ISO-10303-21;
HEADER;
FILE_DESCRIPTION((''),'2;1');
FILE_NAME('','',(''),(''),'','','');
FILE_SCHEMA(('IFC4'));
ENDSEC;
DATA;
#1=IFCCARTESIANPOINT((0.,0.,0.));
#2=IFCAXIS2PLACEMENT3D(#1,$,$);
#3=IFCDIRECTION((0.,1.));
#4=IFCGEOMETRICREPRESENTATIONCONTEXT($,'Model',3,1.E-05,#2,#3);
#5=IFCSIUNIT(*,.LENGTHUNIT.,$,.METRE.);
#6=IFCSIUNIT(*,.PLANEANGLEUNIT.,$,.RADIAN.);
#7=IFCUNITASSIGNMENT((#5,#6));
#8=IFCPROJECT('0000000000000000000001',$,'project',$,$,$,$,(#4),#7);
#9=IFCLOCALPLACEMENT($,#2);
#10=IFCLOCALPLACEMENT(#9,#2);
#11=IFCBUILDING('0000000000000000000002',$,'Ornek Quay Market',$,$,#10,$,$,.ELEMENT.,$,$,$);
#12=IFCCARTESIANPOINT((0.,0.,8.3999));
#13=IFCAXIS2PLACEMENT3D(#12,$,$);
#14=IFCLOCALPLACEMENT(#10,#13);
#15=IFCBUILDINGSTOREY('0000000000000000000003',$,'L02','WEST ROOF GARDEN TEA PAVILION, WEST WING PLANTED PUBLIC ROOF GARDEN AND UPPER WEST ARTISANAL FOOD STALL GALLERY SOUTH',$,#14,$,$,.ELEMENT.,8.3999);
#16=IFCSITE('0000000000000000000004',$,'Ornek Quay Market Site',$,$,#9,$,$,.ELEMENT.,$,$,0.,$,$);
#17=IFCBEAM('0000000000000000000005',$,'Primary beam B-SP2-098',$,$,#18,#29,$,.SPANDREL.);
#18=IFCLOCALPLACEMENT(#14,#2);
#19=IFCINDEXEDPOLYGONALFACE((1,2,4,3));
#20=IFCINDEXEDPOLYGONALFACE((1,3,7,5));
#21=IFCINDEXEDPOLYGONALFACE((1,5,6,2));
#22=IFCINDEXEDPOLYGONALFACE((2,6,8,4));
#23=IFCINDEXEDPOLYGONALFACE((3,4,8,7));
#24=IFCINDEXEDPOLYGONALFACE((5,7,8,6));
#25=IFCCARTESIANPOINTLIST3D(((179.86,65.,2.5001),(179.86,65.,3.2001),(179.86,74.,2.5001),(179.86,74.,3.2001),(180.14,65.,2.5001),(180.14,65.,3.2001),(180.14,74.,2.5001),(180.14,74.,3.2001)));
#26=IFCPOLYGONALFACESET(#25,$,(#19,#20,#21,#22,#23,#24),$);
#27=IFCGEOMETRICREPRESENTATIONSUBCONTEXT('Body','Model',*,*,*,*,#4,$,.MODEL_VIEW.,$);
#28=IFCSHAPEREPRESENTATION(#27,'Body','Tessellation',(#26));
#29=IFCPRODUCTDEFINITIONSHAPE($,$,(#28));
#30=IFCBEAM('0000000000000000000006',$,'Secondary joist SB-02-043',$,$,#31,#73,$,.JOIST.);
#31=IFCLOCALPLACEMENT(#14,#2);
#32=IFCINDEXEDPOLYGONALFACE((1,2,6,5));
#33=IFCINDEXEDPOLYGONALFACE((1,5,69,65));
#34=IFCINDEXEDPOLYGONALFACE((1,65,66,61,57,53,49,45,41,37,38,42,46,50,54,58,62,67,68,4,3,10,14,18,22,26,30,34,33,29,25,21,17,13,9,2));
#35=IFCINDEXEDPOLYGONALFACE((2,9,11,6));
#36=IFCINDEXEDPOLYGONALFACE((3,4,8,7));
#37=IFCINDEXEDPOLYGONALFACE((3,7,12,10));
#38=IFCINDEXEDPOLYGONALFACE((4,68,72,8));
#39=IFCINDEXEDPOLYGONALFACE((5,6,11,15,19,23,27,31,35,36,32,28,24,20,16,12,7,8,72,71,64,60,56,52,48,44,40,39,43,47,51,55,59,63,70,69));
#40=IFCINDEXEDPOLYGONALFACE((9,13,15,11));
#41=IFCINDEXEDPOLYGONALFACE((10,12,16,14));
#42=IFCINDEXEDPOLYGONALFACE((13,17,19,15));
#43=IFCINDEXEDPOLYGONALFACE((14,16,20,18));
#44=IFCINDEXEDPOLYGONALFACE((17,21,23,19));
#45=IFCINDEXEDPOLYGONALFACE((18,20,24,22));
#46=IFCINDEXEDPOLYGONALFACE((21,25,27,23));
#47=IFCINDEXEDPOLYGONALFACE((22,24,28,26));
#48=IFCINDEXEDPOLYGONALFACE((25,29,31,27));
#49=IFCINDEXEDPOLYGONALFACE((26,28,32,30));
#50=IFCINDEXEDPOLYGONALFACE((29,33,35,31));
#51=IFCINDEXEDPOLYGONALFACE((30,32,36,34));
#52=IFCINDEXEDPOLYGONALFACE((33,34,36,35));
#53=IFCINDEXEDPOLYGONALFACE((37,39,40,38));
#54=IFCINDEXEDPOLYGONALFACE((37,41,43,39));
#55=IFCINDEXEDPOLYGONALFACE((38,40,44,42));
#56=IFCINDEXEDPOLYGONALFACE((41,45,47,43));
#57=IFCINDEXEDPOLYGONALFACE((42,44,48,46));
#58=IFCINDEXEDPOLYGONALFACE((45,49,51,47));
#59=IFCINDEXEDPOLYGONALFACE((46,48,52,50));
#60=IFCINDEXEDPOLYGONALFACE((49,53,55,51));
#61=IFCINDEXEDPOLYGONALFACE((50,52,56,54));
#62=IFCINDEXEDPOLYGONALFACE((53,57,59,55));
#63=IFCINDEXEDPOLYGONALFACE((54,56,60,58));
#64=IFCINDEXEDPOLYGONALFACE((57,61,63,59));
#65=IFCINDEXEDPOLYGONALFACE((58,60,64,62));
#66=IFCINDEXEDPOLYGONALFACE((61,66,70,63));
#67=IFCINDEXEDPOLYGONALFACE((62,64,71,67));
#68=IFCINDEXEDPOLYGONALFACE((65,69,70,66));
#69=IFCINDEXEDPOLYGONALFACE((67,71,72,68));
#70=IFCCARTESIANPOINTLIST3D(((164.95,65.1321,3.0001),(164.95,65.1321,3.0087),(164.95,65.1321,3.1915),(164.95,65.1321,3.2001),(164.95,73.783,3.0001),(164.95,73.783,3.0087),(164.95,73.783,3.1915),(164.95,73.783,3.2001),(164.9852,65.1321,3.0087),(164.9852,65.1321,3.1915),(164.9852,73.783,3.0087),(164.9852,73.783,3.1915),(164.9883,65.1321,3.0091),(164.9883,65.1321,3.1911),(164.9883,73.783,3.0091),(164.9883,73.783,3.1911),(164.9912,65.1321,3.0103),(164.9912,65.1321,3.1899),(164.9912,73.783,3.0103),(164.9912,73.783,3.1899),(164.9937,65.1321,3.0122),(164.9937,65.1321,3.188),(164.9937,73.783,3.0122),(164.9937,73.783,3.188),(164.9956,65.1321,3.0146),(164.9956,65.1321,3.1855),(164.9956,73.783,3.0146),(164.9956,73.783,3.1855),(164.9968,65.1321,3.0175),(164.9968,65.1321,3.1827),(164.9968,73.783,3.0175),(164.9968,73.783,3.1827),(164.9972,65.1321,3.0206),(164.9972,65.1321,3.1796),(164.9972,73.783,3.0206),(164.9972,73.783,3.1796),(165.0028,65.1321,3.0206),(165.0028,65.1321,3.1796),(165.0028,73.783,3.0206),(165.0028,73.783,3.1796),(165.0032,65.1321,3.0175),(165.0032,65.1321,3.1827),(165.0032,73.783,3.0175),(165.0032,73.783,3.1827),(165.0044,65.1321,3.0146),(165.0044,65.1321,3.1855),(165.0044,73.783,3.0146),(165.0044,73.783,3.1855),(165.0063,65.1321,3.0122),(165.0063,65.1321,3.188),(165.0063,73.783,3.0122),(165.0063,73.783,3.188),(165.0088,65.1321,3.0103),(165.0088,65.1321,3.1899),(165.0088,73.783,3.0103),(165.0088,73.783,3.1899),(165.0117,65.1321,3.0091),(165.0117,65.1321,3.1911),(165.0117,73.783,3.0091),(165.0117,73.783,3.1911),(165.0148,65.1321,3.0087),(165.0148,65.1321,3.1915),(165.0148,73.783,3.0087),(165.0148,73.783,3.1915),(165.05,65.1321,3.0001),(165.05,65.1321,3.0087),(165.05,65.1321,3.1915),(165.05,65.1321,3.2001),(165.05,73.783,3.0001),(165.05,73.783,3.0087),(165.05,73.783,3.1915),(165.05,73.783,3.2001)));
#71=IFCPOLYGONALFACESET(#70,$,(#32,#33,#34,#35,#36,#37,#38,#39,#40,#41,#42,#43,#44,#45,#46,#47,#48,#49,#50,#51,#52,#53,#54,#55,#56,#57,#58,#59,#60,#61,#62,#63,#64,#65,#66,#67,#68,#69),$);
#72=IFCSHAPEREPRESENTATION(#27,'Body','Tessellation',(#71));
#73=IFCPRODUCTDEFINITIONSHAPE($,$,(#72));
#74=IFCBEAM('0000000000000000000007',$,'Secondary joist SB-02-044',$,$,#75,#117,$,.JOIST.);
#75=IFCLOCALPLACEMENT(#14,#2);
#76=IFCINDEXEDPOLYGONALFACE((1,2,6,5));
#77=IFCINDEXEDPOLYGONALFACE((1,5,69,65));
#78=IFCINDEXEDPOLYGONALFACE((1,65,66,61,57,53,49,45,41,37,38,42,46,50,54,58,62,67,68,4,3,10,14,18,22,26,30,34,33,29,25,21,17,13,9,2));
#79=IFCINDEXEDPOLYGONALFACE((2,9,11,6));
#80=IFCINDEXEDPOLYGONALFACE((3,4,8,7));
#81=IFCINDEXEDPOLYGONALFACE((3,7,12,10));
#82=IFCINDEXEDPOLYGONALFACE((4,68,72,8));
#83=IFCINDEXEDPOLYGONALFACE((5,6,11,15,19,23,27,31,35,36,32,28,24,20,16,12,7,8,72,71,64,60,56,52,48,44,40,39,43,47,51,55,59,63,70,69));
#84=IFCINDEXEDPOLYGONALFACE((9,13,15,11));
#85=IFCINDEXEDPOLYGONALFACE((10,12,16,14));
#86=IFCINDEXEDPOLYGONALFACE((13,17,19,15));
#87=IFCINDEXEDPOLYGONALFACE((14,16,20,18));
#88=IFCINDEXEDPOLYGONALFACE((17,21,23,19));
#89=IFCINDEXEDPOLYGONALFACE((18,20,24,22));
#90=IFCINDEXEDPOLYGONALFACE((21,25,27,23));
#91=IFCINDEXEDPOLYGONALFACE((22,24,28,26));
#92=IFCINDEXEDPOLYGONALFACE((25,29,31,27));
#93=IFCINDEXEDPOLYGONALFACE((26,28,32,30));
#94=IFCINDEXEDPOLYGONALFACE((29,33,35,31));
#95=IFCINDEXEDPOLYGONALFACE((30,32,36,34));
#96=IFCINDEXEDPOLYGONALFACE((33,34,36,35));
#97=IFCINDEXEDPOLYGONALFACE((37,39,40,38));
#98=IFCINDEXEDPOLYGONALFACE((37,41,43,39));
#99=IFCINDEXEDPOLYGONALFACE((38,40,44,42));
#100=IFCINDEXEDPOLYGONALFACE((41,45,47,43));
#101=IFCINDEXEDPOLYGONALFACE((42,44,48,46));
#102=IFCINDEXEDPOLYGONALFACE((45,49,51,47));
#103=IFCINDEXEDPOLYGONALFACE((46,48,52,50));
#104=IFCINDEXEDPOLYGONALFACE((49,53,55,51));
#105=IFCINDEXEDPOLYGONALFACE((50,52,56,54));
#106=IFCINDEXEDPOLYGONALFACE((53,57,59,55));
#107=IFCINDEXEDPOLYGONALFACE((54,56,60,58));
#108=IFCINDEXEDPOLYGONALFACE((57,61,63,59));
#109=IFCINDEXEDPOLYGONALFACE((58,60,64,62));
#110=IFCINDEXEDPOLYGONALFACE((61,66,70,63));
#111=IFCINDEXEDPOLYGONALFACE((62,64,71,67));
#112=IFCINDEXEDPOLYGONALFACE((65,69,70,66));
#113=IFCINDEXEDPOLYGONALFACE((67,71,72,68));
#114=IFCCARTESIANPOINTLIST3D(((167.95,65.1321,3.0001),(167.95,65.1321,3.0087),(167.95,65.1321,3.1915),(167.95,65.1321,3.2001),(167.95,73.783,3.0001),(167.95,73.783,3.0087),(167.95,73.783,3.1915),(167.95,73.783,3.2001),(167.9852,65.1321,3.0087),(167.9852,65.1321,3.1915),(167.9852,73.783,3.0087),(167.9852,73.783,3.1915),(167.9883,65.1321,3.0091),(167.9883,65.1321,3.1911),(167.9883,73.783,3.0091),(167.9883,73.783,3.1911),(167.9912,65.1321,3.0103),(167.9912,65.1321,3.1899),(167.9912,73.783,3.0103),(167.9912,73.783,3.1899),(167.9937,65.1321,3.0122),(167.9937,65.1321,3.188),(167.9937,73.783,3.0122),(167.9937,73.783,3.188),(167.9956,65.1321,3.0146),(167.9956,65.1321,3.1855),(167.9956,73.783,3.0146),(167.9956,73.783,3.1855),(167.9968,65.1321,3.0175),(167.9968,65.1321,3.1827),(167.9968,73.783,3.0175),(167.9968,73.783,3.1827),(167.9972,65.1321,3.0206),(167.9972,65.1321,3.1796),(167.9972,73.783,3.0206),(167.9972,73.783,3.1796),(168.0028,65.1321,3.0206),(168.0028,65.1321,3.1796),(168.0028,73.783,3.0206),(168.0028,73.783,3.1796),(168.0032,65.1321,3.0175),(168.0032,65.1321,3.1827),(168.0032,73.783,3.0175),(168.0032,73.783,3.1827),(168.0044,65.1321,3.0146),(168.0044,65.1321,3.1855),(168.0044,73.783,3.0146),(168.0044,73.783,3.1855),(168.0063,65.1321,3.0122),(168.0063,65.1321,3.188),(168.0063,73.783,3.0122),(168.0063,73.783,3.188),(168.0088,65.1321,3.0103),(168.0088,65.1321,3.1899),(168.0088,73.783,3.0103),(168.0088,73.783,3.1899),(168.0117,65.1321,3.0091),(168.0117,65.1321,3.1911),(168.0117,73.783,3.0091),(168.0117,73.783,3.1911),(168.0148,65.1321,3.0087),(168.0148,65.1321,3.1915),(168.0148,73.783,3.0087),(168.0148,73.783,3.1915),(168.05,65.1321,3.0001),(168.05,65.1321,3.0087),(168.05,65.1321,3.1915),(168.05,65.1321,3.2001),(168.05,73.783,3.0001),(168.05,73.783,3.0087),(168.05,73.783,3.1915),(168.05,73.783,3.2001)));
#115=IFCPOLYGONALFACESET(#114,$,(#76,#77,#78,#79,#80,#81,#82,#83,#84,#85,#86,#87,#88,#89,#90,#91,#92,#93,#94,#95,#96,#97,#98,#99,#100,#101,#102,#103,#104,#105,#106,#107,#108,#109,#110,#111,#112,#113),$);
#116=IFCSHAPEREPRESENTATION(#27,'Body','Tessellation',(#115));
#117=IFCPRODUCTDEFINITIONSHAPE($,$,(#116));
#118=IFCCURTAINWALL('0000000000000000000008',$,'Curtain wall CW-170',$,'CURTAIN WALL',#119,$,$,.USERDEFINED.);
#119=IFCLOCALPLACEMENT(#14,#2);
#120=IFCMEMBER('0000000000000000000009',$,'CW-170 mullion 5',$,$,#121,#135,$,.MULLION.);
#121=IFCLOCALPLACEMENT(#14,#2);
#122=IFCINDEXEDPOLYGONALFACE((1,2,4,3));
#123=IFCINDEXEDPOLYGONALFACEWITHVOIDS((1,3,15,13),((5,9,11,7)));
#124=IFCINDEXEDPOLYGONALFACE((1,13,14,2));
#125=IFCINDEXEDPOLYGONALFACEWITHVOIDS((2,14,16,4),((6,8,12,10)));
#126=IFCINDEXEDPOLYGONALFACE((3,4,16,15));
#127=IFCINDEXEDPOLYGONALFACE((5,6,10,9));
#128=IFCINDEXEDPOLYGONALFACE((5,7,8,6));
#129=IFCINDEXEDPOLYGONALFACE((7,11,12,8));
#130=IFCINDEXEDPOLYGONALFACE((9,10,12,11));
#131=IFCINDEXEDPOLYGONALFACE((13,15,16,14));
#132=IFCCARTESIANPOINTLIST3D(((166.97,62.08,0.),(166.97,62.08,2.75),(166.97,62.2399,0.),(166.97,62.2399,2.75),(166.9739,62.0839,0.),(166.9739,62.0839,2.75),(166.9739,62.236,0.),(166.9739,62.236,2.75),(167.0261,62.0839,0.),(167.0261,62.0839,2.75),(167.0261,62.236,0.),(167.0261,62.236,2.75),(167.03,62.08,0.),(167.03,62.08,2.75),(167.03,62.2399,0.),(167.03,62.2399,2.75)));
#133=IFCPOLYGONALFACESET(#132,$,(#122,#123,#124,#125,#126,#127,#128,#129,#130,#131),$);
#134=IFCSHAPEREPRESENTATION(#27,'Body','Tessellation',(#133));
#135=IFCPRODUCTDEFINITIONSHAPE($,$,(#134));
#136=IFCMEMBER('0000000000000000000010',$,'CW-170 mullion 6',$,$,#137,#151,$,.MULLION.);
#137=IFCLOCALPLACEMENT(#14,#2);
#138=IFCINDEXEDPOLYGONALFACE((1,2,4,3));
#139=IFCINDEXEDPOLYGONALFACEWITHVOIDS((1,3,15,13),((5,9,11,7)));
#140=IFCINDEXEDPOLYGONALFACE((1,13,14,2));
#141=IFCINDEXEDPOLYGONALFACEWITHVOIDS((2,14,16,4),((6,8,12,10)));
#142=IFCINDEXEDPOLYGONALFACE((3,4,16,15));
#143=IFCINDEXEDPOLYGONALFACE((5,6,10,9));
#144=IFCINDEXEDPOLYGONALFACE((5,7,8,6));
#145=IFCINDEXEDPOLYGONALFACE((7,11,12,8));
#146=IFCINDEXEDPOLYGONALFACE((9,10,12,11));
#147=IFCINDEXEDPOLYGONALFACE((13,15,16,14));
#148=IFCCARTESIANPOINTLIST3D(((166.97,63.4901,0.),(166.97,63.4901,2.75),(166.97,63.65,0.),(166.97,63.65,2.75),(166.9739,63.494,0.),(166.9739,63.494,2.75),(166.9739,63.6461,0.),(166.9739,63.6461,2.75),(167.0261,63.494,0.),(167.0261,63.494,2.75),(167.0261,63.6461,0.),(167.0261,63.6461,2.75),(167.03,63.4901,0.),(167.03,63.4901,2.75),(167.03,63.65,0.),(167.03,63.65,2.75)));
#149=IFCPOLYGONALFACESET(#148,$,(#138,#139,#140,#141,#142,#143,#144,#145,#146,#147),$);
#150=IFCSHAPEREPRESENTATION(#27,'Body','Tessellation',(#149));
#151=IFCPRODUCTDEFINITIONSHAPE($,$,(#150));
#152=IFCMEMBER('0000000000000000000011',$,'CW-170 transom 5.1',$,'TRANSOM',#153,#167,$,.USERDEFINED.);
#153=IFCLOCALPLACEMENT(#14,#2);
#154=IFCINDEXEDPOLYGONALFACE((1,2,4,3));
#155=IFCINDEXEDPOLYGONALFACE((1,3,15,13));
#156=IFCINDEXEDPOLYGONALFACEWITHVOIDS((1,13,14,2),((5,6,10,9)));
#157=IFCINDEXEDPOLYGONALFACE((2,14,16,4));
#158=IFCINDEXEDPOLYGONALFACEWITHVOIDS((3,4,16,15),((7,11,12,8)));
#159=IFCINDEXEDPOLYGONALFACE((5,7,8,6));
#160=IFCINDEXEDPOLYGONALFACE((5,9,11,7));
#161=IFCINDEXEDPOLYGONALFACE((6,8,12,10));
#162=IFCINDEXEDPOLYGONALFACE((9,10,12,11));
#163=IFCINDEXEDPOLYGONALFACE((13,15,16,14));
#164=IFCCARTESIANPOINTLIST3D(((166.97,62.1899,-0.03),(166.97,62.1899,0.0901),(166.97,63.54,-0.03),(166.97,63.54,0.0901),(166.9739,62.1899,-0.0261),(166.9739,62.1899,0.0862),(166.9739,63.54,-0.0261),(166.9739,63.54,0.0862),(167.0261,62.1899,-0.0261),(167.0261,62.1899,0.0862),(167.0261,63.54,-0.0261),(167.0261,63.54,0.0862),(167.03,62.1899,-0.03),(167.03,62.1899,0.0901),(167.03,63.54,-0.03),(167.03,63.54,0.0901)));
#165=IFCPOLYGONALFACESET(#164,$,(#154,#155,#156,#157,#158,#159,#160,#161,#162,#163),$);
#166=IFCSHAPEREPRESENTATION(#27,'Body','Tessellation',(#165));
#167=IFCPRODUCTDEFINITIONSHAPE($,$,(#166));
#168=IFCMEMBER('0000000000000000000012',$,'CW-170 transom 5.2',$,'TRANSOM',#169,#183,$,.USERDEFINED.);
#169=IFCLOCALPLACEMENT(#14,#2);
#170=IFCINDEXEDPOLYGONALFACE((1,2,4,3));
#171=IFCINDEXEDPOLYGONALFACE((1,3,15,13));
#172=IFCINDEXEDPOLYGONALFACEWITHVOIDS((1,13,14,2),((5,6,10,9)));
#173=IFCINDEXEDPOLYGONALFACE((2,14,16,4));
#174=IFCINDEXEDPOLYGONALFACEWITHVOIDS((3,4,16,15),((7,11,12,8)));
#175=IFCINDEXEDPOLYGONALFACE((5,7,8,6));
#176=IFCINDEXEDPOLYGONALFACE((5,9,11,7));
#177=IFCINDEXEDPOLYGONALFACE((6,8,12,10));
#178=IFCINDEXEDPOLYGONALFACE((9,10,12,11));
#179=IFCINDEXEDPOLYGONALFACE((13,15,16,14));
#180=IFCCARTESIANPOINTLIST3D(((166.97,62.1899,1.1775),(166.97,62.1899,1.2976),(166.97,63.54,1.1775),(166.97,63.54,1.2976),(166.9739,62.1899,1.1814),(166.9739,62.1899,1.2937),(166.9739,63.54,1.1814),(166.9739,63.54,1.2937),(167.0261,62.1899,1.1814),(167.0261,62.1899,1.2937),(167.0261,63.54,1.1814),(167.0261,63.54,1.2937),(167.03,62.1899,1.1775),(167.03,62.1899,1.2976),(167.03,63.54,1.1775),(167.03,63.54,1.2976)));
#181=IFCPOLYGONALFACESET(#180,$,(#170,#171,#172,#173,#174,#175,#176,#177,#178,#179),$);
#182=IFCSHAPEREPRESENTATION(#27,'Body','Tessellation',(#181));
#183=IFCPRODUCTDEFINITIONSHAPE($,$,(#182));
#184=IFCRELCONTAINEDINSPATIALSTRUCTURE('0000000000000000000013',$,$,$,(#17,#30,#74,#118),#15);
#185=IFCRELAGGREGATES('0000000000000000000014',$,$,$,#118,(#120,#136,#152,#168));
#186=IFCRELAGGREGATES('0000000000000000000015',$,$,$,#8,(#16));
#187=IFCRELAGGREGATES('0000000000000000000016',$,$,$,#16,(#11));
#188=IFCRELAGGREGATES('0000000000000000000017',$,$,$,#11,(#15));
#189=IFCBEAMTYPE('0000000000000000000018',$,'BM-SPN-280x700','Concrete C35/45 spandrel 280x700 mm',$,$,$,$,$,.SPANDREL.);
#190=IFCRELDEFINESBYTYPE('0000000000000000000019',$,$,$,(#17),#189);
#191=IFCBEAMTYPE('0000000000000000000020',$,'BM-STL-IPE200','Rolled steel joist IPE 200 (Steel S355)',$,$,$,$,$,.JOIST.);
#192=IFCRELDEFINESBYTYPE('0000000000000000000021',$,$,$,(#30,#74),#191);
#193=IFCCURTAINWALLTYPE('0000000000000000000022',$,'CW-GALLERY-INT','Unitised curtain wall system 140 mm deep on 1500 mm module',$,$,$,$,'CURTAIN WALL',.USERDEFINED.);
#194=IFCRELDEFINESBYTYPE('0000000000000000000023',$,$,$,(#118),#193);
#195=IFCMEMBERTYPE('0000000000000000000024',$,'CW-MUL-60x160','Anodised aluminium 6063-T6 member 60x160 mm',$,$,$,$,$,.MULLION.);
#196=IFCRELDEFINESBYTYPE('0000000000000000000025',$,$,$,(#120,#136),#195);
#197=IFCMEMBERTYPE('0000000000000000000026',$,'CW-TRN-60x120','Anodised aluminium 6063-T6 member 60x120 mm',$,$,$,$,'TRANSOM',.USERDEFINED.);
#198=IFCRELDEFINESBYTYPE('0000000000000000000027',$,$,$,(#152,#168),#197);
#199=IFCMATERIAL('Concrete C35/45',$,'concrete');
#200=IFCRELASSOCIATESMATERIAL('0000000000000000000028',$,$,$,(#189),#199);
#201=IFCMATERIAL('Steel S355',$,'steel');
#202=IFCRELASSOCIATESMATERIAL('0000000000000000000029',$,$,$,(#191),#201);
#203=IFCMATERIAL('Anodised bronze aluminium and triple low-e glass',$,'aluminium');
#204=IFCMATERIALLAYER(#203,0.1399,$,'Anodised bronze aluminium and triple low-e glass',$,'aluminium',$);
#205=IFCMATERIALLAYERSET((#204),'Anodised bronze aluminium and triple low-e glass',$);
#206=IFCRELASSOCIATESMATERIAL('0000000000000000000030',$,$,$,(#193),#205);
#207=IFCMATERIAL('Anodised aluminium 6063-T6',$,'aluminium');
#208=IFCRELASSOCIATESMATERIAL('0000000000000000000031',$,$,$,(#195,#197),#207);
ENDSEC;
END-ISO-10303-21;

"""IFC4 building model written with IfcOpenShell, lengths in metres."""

from ifc_helpers import new_model, si_unit, direction, frame, origin, origin_2d, place, context, subcontext, project, spatial, rectangle, hollow_rectangle, i_section, extrude, material, layer, layer_set, material_profile, profile_set, type_object, element, aggregate, save


model = new_model("IFC4")

# Units and contexts
model_context = context("Model", 3, precision=1e-05, world=origin(), true_north=direction((0.0, 1.0)))
body_context = subcontext(model_context, "Body", "Model", "MODEL_VIEW")
ifc_project = project(units=[si_unit("LENGTHUNIT", "METRE"), si_unit("PLANEANGLEUNIT", "RADIAN")], contexts=[model_context])

# Site, building, storey
site_placement = place(None, origin())
site = spatial("IfcSite", under=ifc_project, at=site_placement, Name="Ornek Quay Market Site", CompositionType="ELEMENT", RefElevation=0.0)
building_placement = place(site_placement, origin())
building = spatial("IfcBuilding", under=site, at=building_placement, Name="Ornek Quay Market", CompositionType="ELEMENT")
storey_placement = place(building_placement, frame((0.0, 0.0, 8.3999)))
storey = spatial("IfcBuildingStorey", under=building, at=storey_placement, Name="L02", Description="WEST ROOF GARDEN TEA PAVILION, WEST WING PLANTED PUBLIC ROOF GARDEN AND UPPER WEST ARTISANAL FOOD STALL GALLERY SOUTH", CompositionType="ELEMENT", Elevation=8.3999)

# Beams
ifc_material_1 = material(Name="Concrete C35/45", Category="concrete")
ifc_material_profile_1 = material_profile(ifc_material_1, rectangle(XDim=0.28, YDim=0.7, at=origin_2d()), Name="RC 280x700", Category="concrete")
ifc_profile_set_1 = profile_set([ifc_material_profile_1], Name="Concrete C35/45")
beam_type_1 = type_object("IfcBeamType", Name="BM-SPN-280x700", Description="Concrete C35/45 spandrel 280x700 mm", PredefinedType="SPANDREL", material=ifc_profile_set_1)
for number, where, z_axis, x_axis, name in (
    (1, (180.0, 65.0, 2.8501), (0.0, 1.0, 0.0), (-1.0, 0.0, 0.0), "Primary beam B-SP2-098"),
):
    element("IfcBeam", number, at=place(storey_placement, frame(where, z_axis=z_axis, x_axis=x_axis)), inside=storey, type_object=beam_type_1, Name=name, PredefinedType="SPANDREL", context=body_context, shape_type="SweptSolid", body=[
        extrude(rectangle(XDim=0.28, YDim=0.7, at=origin_2d()), origin(), (0.0, 0.0, 1.0), 9.0),
    ])
ifc_material_2 = material(Name="Steel S355", Category="steel")
ifc_material_profile_2 = material_profile(ifc_material_2, i_section(OverallWidth=0.1001, OverallDepth=0.2, WebThickness=0.0056, FlangeThickness=0.0085, FilletRadius=0.012, at=origin_2d()), Name="IPE 200", Category="steel")
ifc_profile_set_2 = profile_set([ifc_material_profile_2], Name="Steel S355")
beam_type_2 = type_object("IfcBeamType", Name="BM-STL-IPE200", Description="Rolled steel joist IPE 200 (Steel S355)", PredefinedType="JOIST", material=ifc_profile_set_2)
for number, where, z_axis, x_axis, name in (
    (2, (165.0, 65.1321, 3.1001), (0.0, 1.0, 0.0), (-1.0, 0.0, 0.0), "Secondary joist SB-02-043"),
    (3, (168.0, 65.1321, 3.1001), (0.0, 1.0, 0.0), (-1.0, 0.0, 0.0), "Secondary joist SB-02-044"),
):
    element("IfcBeam", number, at=place(storey_placement, frame(where, z_axis=z_axis, x_axis=x_axis)), inside=storey, type_object=beam_type_2, Name=name, PredefinedType="JOIST", context=body_context, shape_type="SweptSolid", body=[
        extrude(i_section(OverallWidth=0.1001, OverallDepth=0.2, WebThickness=0.0056, FlangeThickness=0.0085, FilletRadius=0.012, at=origin_2d()), origin(), (0.0, 0.0, 1.0), 8.6509),
    ])

# Curtain wall, members
ifc_material_3 = material(Name="Anodised bronze aluminium and triple low-e glass", Category="aluminium")
ifc_layer_1 = layer(ifc_material_3, 0.1399, Name="Anodised bronze aluminium and triple low-e glass", Category="aluminium")
ifc_layer_set_1 = layer_set([ifc_layer_1], Name="Anodised bronze aluminium and triple low-e glass")
curtain_wall_type = type_object("IfcCurtainWallType", Name="CW-GALLERY-INT", Description="Unitised curtain wall system 140 mm deep on 1500 mm module", ElementType="CURTAIN WALL", PredefinedType="USERDEFINED", material=ifc_layer_set_1)
curtain_wall_placement = place(storey_placement, origin())
curtain_wall = element("IfcCurtainWall", 4, at=curtain_wall_placement, inside=storey, type_object=curtain_wall_type, Name="Curtain wall CW-170", ObjectType="CURTAIN WALL", PredefinedType="USERDEFINED")
ifc_material_4 = material(Name="Anodised aluminium 6063-T6", Category="aluminium")
ifc_material_profile_3 = material_profile(ifc_material_4, hollow_rectangle(XDim=0.0601, YDim=0.1599, WallThickness=0.0039, at=origin_2d()), Name="CW-MUL-60x160", Category="aluminium")
ifc_profile_set_3 = profile_set([ifc_material_profile_3], Name="Anodised aluminium 6063-T6")
member_type_1 = type_object("IfcMemberType", Name="CW-MUL-60x160", Description="Anodised aluminium 6063-T6 member 60x160 mm", PredefinedType="MULLION", material=ifc_profile_set_3)
member_1_placement = place(storey_placement, frame((167.0, 62.1599, 0.0), z_axis=(0.0, 0.0, 1.0), x_axis=(-1.0, 0.0, 0.0)))
member_1 = element("IfcMember", 5, at=member_1_placement, type_object=member_type_1, Name="CW-170 mullion 5", PredefinedType="MULLION", context=body_context, shape_type="SweptSolid", body=[
    extrude(hollow_rectangle(XDim=0.0601, YDim=0.1599, WallThickness=0.0039, at=origin_2d()), origin(), (0.0, 0.0, 1.0), 2.75),
])
member_2_placement = place(storey_placement, frame((167.0, 63.5701, 0.0), z_axis=(0.0, 0.0, 1.0), x_axis=(-1.0, 0.0, 0.0)))
member_2 = element("IfcMember", 6, at=member_2_placement, type_object=member_type_1, Name="CW-170 mullion 6", PredefinedType="MULLION", context=body_context, shape_type="SweptSolid", body=[
    extrude(hollow_rectangle(XDim=0.0601, YDim=0.1599, WallThickness=0.0039, at=origin_2d()), origin(), (0.0, 0.0, 1.0), 2.75),
])
ifc_material_profile_4 = material_profile(ifc_material_4, hollow_rectangle(XDim=0.0601, YDim=0.1201, WallThickness=0.0039, at=origin_2d()), Name="CW-TRN-60x120", Category="aluminium")
ifc_profile_set_4 = profile_set([ifc_material_profile_4], Name="Anodised aluminium 6063-T6")
member_type_2 = type_object("IfcMemberType", Name="CW-TRN-60x120", Description="Anodised aluminium 6063-T6 member 60x120 mm", ElementType="TRANSOM", PredefinedType="USERDEFINED", material=ifc_profile_set_4)
member_3_placement = place(storey_placement, frame((167.0, 62.1899, 0.03), z_axis=(0.0, 1.0, 0.0), x_axis=(-1.0, 0.0, 0.0)))
member_3 = element("IfcMember", 7, at=member_3_placement, type_object=member_type_2, Name="CW-170 transom 5.1", ObjectType="TRANSOM", PredefinedType="USERDEFINED", context=body_context, shape_type="SweptSolid", body=[
    extrude(hollow_rectangle(XDim=0.0601, YDim=0.1201, WallThickness=0.0039, at=origin_2d()), origin(), (0.0, 0.0, 1.0), 1.3501),
])
member_4_placement = place(storey_placement, frame((167.0, 62.1899, 1.2375), z_axis=(0.0, 1.0, 0.0), x_axis=(-1.0, 0.0, 0.0)))
member_4 = element("IfcMember", 8, at=member_4_placement, type_object=member_type_2, Name="CW-170 transom 5.2", ObjectType="TRANSOM", PredefinedType="USERDEFINED", context=body_context, shape_type="SweptSolid", body=[
    extrude(hollow_rectangle(XDim=0.0601, YDim=0.1201, WallThickness=0.0039, at=origin_2d()), origin(), (0.0, 0.0, 1.0), 1.3501),
])
aggregate(curtain_wall, [member_1, member_2, member_3, member_4])

save(model, "model.ifc")
